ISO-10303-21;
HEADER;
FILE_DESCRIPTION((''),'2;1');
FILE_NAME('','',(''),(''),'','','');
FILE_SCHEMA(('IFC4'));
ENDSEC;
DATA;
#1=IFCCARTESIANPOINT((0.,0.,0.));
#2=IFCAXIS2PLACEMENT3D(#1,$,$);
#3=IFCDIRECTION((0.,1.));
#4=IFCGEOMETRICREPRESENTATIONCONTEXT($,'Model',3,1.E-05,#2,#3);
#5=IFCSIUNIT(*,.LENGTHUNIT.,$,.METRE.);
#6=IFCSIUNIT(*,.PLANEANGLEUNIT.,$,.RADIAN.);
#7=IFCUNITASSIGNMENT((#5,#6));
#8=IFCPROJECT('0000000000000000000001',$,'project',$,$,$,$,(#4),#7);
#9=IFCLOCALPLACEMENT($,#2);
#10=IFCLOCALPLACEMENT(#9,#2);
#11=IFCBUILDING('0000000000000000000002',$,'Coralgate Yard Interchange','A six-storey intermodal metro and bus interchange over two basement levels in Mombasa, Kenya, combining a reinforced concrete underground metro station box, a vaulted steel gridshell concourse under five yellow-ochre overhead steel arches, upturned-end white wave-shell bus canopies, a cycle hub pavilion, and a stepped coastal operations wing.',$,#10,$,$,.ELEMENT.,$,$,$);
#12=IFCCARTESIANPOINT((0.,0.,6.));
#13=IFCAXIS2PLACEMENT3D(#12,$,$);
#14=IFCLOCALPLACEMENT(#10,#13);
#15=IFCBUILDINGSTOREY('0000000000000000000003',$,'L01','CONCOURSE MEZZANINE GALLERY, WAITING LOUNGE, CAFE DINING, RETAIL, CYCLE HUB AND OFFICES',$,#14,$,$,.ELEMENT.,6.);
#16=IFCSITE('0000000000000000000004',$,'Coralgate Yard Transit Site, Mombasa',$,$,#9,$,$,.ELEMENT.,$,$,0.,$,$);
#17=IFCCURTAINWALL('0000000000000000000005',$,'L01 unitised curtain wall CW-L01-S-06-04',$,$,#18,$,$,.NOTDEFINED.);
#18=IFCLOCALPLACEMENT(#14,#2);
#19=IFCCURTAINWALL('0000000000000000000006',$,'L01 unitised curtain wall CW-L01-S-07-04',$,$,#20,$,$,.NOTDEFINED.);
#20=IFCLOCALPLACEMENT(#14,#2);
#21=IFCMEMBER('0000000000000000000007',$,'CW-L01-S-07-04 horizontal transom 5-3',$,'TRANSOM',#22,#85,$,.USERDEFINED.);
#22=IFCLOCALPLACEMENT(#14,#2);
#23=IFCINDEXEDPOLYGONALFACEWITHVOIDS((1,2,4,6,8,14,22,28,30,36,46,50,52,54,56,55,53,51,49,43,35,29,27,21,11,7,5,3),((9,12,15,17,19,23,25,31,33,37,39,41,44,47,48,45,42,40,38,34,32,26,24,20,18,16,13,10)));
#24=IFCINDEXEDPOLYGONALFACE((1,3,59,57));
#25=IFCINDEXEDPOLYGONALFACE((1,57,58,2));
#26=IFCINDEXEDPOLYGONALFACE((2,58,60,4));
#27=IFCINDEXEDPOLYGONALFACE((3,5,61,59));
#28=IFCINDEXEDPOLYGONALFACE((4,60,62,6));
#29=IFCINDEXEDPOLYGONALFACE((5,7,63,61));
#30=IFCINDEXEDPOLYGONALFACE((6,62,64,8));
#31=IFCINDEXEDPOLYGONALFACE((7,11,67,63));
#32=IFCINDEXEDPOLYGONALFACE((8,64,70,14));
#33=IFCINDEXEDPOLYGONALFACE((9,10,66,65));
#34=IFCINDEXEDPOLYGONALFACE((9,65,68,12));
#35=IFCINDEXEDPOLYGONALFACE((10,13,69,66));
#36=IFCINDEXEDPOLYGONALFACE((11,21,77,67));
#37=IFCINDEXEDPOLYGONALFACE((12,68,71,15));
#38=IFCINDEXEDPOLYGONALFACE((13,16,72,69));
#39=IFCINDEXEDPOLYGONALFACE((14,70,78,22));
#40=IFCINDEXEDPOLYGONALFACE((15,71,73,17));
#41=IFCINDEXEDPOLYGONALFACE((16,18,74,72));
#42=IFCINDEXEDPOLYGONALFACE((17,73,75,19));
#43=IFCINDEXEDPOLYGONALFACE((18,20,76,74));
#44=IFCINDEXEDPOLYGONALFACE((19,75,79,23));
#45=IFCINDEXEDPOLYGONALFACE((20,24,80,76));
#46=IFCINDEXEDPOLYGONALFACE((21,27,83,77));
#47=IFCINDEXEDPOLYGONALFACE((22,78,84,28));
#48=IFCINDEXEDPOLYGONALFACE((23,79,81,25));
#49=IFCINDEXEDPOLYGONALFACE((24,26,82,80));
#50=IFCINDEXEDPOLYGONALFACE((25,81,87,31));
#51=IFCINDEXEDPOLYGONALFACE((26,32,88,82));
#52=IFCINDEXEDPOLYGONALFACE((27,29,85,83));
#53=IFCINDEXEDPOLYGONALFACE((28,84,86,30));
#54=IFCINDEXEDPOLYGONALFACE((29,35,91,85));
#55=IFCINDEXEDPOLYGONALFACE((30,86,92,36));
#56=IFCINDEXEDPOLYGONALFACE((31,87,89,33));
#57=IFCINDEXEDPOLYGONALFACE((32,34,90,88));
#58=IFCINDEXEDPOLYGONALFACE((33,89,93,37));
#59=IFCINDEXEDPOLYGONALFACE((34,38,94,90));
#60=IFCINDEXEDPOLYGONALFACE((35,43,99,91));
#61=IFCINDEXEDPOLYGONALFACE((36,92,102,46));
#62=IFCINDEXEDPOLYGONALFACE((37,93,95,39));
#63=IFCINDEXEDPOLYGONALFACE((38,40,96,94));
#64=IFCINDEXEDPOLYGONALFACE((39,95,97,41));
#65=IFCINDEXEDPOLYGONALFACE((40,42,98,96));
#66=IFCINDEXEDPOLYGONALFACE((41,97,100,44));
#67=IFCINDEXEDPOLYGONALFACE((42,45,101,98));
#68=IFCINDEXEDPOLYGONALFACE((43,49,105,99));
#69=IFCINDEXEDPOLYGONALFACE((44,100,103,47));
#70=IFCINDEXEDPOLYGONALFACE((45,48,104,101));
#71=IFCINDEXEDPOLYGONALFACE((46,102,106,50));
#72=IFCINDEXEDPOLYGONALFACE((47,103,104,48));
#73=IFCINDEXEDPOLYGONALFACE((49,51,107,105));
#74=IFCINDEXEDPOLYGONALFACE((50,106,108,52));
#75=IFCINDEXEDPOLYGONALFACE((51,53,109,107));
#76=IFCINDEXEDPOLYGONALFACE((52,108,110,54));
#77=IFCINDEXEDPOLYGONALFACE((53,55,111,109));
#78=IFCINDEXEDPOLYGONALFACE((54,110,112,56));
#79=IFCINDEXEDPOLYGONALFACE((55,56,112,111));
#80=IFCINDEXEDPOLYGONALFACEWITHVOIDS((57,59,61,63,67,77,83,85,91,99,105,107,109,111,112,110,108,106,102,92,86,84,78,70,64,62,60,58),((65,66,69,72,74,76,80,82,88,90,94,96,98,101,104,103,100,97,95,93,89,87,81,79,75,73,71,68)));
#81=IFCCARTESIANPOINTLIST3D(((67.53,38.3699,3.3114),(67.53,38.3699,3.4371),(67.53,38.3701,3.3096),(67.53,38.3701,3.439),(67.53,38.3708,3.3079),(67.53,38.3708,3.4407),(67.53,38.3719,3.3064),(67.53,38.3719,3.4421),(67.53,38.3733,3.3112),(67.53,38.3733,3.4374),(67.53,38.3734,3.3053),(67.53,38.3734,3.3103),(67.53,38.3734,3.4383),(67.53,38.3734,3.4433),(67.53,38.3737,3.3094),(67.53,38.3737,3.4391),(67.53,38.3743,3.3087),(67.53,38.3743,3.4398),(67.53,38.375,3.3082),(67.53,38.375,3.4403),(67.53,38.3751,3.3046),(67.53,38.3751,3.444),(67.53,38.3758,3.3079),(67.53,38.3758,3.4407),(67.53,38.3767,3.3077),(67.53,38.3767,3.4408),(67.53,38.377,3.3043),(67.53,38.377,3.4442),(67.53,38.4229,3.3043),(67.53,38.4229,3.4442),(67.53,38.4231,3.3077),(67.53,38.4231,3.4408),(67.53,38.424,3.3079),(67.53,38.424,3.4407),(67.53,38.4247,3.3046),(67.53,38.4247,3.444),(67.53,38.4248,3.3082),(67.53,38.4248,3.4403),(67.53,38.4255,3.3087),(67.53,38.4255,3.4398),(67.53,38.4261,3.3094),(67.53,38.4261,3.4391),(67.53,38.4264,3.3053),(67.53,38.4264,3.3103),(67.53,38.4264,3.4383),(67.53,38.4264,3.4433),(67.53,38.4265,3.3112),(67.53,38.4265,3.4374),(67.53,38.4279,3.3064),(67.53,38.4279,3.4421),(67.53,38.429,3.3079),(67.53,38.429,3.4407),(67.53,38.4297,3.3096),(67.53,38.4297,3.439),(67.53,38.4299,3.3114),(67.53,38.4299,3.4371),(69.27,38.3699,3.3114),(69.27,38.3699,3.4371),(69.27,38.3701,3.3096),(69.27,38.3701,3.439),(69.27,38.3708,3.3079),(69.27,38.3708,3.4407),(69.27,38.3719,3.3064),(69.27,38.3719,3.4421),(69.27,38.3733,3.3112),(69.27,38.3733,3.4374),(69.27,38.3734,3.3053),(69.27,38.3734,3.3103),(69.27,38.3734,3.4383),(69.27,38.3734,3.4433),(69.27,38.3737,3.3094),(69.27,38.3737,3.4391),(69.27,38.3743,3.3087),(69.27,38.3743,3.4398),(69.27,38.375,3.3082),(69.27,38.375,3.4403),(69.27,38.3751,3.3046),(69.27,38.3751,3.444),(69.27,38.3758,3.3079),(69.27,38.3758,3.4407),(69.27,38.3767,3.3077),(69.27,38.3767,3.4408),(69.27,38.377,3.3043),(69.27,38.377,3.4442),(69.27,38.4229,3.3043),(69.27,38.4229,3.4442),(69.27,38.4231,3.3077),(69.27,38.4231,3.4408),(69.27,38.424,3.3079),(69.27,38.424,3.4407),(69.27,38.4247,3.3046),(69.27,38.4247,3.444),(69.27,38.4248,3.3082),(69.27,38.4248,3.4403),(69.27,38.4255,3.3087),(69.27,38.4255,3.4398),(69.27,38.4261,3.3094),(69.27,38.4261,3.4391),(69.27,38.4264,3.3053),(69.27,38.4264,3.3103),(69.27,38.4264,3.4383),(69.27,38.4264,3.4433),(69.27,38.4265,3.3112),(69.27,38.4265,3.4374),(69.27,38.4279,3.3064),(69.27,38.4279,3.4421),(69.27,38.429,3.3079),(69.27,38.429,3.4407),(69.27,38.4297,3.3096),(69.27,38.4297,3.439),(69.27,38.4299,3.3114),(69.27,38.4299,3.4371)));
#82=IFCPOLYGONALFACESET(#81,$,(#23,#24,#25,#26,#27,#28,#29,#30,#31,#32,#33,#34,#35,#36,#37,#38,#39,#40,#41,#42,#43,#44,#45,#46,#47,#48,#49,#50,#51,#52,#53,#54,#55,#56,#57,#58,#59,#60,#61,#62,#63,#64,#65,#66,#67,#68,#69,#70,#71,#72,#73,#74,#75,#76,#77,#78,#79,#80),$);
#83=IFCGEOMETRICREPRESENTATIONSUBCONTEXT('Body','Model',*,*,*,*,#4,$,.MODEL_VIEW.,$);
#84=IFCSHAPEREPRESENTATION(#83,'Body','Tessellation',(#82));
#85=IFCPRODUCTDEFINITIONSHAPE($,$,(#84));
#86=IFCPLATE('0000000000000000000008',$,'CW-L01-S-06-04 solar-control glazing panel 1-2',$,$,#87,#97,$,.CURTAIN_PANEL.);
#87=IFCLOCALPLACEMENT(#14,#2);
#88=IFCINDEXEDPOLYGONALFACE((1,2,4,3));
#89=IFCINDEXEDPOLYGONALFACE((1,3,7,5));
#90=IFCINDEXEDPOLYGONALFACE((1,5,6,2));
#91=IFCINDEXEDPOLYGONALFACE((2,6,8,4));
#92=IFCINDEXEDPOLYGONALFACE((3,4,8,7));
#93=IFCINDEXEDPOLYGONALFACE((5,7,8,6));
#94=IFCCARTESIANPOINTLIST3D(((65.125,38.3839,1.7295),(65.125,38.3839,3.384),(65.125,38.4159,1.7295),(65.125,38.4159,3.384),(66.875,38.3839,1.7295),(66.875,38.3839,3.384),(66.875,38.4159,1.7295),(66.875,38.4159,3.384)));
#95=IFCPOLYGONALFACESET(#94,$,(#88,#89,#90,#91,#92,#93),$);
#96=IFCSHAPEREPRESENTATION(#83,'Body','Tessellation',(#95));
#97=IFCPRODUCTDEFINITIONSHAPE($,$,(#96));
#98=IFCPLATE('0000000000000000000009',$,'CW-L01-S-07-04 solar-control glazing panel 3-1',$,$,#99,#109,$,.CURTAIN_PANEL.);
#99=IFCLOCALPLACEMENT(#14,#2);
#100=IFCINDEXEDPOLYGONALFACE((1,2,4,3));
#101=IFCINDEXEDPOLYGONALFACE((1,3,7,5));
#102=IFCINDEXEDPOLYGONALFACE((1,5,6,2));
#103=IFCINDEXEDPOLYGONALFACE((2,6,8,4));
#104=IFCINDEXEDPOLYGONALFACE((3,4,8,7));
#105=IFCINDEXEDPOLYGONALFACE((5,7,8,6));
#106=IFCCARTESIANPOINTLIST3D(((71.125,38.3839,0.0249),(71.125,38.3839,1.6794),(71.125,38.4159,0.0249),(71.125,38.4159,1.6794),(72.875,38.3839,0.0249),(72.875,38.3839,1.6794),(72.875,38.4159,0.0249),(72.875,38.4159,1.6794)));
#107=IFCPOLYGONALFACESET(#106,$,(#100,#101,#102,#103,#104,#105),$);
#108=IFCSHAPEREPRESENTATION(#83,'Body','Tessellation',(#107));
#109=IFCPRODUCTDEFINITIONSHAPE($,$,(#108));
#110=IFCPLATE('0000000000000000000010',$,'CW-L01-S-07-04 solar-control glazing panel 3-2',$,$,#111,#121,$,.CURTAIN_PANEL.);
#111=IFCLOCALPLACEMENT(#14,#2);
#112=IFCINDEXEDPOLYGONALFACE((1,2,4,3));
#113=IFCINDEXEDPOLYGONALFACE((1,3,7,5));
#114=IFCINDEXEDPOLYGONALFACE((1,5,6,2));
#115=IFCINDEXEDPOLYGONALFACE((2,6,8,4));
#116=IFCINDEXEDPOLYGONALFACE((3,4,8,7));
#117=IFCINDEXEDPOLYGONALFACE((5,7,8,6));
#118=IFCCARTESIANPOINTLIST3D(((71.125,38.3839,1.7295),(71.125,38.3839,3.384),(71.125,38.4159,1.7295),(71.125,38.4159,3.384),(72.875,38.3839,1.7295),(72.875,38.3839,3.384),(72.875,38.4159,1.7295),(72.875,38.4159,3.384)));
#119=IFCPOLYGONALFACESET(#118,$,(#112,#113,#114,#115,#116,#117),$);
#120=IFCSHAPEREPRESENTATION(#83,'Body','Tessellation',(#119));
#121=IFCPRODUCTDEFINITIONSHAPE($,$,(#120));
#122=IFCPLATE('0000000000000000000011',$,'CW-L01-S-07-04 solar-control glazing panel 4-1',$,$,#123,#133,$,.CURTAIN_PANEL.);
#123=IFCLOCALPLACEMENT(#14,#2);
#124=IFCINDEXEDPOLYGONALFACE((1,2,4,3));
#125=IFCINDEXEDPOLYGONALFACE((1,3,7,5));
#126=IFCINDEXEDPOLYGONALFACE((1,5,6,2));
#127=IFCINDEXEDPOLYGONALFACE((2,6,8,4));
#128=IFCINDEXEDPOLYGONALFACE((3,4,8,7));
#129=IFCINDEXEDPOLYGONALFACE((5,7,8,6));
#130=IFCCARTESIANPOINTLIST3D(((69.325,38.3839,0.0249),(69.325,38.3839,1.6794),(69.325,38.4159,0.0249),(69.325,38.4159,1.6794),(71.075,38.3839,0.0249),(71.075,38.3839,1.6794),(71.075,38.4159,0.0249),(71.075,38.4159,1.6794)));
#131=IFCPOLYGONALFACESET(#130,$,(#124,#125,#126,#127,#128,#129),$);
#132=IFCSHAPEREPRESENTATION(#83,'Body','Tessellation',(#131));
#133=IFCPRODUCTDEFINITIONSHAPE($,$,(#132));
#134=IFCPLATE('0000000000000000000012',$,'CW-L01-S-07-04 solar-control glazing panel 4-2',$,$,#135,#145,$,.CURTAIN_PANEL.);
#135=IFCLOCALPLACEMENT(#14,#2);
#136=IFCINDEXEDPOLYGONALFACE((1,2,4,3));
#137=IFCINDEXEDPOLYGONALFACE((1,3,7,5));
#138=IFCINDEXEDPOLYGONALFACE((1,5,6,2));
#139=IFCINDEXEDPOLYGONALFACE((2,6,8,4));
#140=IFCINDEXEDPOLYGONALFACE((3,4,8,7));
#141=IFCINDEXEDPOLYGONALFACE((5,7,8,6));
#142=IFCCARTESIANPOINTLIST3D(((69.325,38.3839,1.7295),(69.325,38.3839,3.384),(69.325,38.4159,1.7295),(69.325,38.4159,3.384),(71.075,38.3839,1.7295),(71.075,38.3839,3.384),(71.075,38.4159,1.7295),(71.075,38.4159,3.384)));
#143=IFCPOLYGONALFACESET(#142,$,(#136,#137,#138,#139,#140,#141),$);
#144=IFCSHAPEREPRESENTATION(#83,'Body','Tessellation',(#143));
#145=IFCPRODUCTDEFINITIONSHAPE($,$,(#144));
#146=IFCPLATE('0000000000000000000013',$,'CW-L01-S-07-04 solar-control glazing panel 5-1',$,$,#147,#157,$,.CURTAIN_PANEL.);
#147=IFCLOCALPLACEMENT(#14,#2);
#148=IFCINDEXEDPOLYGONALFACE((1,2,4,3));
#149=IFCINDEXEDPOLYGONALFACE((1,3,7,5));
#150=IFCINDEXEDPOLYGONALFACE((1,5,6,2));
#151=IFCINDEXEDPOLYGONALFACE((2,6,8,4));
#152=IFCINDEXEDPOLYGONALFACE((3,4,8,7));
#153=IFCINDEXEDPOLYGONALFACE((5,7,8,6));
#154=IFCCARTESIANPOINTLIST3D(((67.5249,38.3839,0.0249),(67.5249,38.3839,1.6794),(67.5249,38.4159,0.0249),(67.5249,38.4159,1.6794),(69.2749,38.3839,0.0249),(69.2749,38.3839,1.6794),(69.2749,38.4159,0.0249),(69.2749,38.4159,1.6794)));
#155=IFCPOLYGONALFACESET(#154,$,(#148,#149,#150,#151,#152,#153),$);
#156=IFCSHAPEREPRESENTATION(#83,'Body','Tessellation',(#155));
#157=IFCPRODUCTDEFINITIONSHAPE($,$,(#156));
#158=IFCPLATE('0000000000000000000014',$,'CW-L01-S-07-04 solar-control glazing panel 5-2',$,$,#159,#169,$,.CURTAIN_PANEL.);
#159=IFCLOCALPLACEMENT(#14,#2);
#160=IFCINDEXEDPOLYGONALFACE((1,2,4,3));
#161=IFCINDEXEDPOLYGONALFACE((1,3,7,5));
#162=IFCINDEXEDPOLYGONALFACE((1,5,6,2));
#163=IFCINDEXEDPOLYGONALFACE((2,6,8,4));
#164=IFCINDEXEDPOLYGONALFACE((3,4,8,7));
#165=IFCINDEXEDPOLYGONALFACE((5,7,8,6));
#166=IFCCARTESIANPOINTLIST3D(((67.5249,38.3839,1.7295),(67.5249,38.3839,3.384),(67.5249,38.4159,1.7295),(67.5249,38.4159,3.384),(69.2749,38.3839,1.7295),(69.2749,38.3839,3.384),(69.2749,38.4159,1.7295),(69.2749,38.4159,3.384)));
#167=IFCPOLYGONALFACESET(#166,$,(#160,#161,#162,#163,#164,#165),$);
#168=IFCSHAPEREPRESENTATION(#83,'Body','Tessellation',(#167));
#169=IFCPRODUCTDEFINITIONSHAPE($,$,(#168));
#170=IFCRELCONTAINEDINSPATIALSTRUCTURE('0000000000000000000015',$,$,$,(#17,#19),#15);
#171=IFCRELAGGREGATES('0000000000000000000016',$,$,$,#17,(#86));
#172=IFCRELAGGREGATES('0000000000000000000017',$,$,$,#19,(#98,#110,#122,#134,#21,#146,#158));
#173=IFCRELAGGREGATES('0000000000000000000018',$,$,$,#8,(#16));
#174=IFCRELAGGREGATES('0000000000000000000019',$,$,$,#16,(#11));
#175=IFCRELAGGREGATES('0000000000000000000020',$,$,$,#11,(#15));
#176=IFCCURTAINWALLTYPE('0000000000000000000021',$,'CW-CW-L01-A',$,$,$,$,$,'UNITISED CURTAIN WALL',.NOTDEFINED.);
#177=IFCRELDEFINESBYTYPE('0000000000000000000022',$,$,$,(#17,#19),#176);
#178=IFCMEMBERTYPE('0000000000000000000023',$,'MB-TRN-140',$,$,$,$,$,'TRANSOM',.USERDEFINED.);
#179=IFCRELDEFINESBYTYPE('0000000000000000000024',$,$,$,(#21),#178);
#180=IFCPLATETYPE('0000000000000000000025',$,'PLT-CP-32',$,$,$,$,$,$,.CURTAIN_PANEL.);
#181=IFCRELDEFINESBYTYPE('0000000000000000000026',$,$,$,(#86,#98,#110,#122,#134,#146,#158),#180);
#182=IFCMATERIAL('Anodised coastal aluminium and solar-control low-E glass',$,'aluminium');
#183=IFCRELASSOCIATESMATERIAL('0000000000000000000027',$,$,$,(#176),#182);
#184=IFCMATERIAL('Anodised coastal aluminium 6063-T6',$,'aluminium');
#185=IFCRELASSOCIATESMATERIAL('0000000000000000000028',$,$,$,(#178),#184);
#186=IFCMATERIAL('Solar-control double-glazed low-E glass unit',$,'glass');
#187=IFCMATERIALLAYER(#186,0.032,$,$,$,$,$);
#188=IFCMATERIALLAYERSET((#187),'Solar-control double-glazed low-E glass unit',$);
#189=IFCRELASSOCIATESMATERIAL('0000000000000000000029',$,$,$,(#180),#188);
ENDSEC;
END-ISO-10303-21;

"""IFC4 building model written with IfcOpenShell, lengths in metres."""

from ifc_helpers import new_model, si_unit, direction, frame, origin, origin_2d, place, context, subcontext, project, spatial, rectangle, hollow_rectangle, extrude, material, layer, layer_set, material_profile, profile_set, type_object, element, aggregate, save


model = new_model("IFC4")

# Units and contexts
model_context = context("Model", 3, precision=1e-05, world=origin(), true_north=direction((0.0, 1.0)))
body_context = subcontext(model_context, "Body", "Model", "MODEL_VIEW")
ifc_project = project(units=[si_unit("LENGTHUNIT", "METRE"), si_unit("PLANEANGLEUNIT", "RADIAN")], contexts=[model_context])

# Site, building, storey
site_placement = place(None, origin())
site = spatial("IfcSite", under=ifc_project, at=site_placement, Name="Coralgate Yard Transit Site, Mombasa", CompositionType="ELEMENT", RefElevation=0.0)
building_placement = place(site_placement, origin())
building = spatial("IfcBuilding", under=site, at=building_placement, Name="Coralgate Yard Interchange", Description="A six-storey intermodal metro and bus interchange over two basement levels in Mombasa, Kenya, combining a reinforced concrete underground metro station box, a vaulted steel gridshell concourse under five yellow-ochre overhead steel arches, upturned-end white wave-shell bus canopies, a cycle hub pavilion, and a stepped coastal operations wing.", CompositionType="ELEMENT")
storey_placement = place(building_placement, frame((0.0, 0.0, 6.0)))
storey = spatial("IfcBuildingStorey", under=building, at=storey_placement, Name="L01", Description="CONCOURSE MEZZANINE GALLERY, WAITING LOUNGE, CAFE DINING, RETAIL, CYCLE HUB AND OFFICES", CompositionType="ELEMENT", Elevation=6.0)

# Curtain wall
ifc_material_1 = material(Name="Anodised coastal aluminium and solar-control low-E glass", Category="aluminium")
curtain_wall_type = type_object("IfcCurtainWallType", Name="CW-CW-L01-A", ElementType="UNITISED CURTAIN WALL", PredefinedType="NOTDEFINED", material=ifc_material_1)
curtain_wall_1_placement = place(storey_placement, origin())
curtain_wall_1 = element("IfcCurtainWall", 1, at=curtain_wall_1_placement, inside=storey, type_object=curtain_wall_type, Name="L01 unitised curtain wall CW-L01-S-06-04", PredefinedType="NOTDEFINED")
ifc_material_2 = material(Name="Anodised coastal aluminium 6063-T6", Category="aluminium")

# Curtain wall
curtain_wall_2_placement = place(storey_placement, origin())
curtain_wall_2 = element("IfcCurtainWall", 2, at=curtain_wall_2_placement, inside=storey, type_object=curtain_wall_type, Name="L01 unitised curtain wall CW-L01-S-07-04", PredefinedType="NOTDEFINED")

# Member
ifc_material_profile_1 = material_profile(ifc_material_2, hollow_rectangle(XDim=0.0601, YDim=0.1399, WallThickness=0.0034, InnerFilletRadius=0.0034, OuterFilletRadius=0.0071, at=origin_2d()), Name="ALU 60x140x3.5")
ifc_profile_set_1 = profile_set([ifc_material_profile_1], Name="Anodised coastal aluminium 6063-T6")
member_type_1 = type_object("IfcMemberType", Name="MB-TRN-140", ElementType="TRANSOM", PredefinedType="USERDEFINED", material=ifc_profile_set_1)
member_1_placement = place(storey_placement, frame((69.27, 38.3999, 3.3743), z_axis=(-1.0, 0.0, 0.0), x_axis=(0.0, -1.0, 0.0)))
member_1 = element("IfcMember", 3, at=member_1_placement, type_object=member_type_1, Name="CW-L01-S-07-04 horizontal transom 5-3", ObjectType="TRANSOM", PredefinedType="USERDEFINED", context=body_context, shape_type="SweptSolid", body=[
    extrude(hollow_rectangle(XDim=0.0601, YDim=0.1399, WallThickness=0.0034, InnerFilletRadius=0.0034, OuterFilletRadius=0.0071, at=origin_2d()), origin(), (0.0, 0.0, 1.0), 1.74),
])

# Plates
ifc_material_3 = material(Name="Solar-control double-glazed low-E glass unit", Category="glass")
ifc_layer = layer(ifc_material_3, 0.032)
ifc_layer_set = layer_set([ifc_layer], Name="Solar-control double-glazed low-E glass unit")
plate_type = type_object("IfcPlateType", Name="PLT-CP-32", PredefinedType="CURTAIN_PANEL", material=ifc_layer_set)
plate_1_placement = place(storey_placement, frame((66.0, 38.3999, 1.7295), z_axis=(0.0, 0.0, 1.0), x_axis=(-1.0, 0.0, 0.0)))
plate_1 = element("IfcPlate", 4, at=plate_1_placement, type_object=plate_type, Name="CW-L01-S-06-04 solar-control glazing panel 1-2", PredefinedType="CURTAIN_PANEL", context=body_context, shape_type="SweptSolid", body=[
    extrude(rectangle(XDim=1.75, YDim=0.032, at=origin_2d()), origin(), (0.0, 0.0, 1.0), 1.6545),
])
aggregate(curtain_wall_1, [plate_1])
plate_2_placement = place(storey_placement, frame((72.0, 38.3999, 0.0249), z_axis=(0.0, 0.0, 1.0), x_axis=(-1.0, 0.0, 0.0)))
plate_2 = element("IfcPlate", 5, at=plate_2_placement, type_object=plate_type, Name="CW-L01-S-07-04 solar-control glazing panel 3-1", PredefinedType="CURTAIN_PANEL", context=body_context, shape_type="SweptSolid", body=[
    extrude(rectangle(XDim=1.75, YDim=0.032, at=origin_2d()), origin(), (0.0, 0.0, 1.0), 1.6545),
])
plate_3_placement = place(storey_placement, frame((72.0, 38.3999, 1.7295), z_axis=(0.0, 0.0, 1.0), x_axis=(-1.0, 0.0, 0.0)))
plate_3 = element("IfcPlate", 6, at=plate_3_placement, type_object=plate_type, Name="CW-L01-S-07-04 solar-control glazing panel 3-2", PredefinedType="CURTAIN_PANEL", context=body_context, shape_type="SweptSolid", body=[
    extrude(rectangle(XDim=1.75, YDim=0.032, at=origin_2d()), origin(), (0.0, 0.0, 1.0), 1.6545),
])
plate_4_placement = place(storey_placement, frame((70.2, 38.3999, 0.0249), z_axis=(0.0, 0.0, 1.0), x_axis=(-1.0, 0.0, 0.0)))
plate_4 = element("IfcPlate", 7, at=plate_4_placement, type_object=plate_type, Name="CW-L01-S-07-04 solar-control glazing panel 4-1", PredefinedType="CURTAIN_PANEL", context=body_context, shape_type="SweptSolid", body=[
    extrude(rectangle(XDim=1.75, YDim=0.032, at=origin_2d()), origin(), (0.0, 0.0, 1.0), 1.6545),
])
plate_5_placement = place(storey_placement, frame((70.2, 38.3999, 1.7295), z_axis=(0.0, 0.0, 1.0), x_axis=(-1.0, 0.0, 0.0)))
plate_5 = element("IfcPlate", 8, at=plate_5_placement, type_object=plate_type, Name="CW-L01-S-07-04 solar-control glazing panel 4-2", PredefinedType="CURTAIN_PANEL", context=body_context, shape_type="SweptSolid", body=[
    extrude(rectangle(XDim=1.75, YDim=0.032, at=origin_2d()), origin(), (0.0, 0.0, 1.0), 1.6545),
])
plate_6_placement = place(storey_placement, frame((68.3999, 38.3999, 0.0249), z_axis=(0.0, 0.0, 1.0), x_axis=(-1.0, 0.0, 0.0)))
plate_6 = element("IfcPlate", 9, at=plate_6_placement, type_object=plate_type, Name="CW-L01-S-07-04 solar-control glazing panel 5-1", PredefinedType="CURTAIN_PANEL", context=body_context, shape_type="SweptSolid", body=[
    extrude(rectangle(XDim=1.75, YDim=0.032, at=origin_2d()), origin(), (0.0, 0.0, 1.0), 1.6545),
])
plate_7_placement = place(storey_placement, frame((68.3999, 38.3999, 1.7295), z_axis=(0.0, 0.0, 1.0), x_axis=(-1.0, 0.0, 0.0)))
plate_7 = element("IfcPlate", 10, at=plate_7_placement, type_object=plate_type, Name="CW-L01-S-07-04 solar-control glazing panel 5-2", PredefinedType="CURTAIN_PANEL", context=body_context, shape_type="SweptSolid", body=[
    extrude(rectangle(XDim=1.75, YDim=0.032, at=origin_2d()), origin(), (0.0, 0.0, 1.0), 1.6545),
])
aggregate(curtain_wall_2, [plate_2, plate_3, plate_4, plate_5, member_1, plate_6, plate_7])

save(model, "model.ifc")
